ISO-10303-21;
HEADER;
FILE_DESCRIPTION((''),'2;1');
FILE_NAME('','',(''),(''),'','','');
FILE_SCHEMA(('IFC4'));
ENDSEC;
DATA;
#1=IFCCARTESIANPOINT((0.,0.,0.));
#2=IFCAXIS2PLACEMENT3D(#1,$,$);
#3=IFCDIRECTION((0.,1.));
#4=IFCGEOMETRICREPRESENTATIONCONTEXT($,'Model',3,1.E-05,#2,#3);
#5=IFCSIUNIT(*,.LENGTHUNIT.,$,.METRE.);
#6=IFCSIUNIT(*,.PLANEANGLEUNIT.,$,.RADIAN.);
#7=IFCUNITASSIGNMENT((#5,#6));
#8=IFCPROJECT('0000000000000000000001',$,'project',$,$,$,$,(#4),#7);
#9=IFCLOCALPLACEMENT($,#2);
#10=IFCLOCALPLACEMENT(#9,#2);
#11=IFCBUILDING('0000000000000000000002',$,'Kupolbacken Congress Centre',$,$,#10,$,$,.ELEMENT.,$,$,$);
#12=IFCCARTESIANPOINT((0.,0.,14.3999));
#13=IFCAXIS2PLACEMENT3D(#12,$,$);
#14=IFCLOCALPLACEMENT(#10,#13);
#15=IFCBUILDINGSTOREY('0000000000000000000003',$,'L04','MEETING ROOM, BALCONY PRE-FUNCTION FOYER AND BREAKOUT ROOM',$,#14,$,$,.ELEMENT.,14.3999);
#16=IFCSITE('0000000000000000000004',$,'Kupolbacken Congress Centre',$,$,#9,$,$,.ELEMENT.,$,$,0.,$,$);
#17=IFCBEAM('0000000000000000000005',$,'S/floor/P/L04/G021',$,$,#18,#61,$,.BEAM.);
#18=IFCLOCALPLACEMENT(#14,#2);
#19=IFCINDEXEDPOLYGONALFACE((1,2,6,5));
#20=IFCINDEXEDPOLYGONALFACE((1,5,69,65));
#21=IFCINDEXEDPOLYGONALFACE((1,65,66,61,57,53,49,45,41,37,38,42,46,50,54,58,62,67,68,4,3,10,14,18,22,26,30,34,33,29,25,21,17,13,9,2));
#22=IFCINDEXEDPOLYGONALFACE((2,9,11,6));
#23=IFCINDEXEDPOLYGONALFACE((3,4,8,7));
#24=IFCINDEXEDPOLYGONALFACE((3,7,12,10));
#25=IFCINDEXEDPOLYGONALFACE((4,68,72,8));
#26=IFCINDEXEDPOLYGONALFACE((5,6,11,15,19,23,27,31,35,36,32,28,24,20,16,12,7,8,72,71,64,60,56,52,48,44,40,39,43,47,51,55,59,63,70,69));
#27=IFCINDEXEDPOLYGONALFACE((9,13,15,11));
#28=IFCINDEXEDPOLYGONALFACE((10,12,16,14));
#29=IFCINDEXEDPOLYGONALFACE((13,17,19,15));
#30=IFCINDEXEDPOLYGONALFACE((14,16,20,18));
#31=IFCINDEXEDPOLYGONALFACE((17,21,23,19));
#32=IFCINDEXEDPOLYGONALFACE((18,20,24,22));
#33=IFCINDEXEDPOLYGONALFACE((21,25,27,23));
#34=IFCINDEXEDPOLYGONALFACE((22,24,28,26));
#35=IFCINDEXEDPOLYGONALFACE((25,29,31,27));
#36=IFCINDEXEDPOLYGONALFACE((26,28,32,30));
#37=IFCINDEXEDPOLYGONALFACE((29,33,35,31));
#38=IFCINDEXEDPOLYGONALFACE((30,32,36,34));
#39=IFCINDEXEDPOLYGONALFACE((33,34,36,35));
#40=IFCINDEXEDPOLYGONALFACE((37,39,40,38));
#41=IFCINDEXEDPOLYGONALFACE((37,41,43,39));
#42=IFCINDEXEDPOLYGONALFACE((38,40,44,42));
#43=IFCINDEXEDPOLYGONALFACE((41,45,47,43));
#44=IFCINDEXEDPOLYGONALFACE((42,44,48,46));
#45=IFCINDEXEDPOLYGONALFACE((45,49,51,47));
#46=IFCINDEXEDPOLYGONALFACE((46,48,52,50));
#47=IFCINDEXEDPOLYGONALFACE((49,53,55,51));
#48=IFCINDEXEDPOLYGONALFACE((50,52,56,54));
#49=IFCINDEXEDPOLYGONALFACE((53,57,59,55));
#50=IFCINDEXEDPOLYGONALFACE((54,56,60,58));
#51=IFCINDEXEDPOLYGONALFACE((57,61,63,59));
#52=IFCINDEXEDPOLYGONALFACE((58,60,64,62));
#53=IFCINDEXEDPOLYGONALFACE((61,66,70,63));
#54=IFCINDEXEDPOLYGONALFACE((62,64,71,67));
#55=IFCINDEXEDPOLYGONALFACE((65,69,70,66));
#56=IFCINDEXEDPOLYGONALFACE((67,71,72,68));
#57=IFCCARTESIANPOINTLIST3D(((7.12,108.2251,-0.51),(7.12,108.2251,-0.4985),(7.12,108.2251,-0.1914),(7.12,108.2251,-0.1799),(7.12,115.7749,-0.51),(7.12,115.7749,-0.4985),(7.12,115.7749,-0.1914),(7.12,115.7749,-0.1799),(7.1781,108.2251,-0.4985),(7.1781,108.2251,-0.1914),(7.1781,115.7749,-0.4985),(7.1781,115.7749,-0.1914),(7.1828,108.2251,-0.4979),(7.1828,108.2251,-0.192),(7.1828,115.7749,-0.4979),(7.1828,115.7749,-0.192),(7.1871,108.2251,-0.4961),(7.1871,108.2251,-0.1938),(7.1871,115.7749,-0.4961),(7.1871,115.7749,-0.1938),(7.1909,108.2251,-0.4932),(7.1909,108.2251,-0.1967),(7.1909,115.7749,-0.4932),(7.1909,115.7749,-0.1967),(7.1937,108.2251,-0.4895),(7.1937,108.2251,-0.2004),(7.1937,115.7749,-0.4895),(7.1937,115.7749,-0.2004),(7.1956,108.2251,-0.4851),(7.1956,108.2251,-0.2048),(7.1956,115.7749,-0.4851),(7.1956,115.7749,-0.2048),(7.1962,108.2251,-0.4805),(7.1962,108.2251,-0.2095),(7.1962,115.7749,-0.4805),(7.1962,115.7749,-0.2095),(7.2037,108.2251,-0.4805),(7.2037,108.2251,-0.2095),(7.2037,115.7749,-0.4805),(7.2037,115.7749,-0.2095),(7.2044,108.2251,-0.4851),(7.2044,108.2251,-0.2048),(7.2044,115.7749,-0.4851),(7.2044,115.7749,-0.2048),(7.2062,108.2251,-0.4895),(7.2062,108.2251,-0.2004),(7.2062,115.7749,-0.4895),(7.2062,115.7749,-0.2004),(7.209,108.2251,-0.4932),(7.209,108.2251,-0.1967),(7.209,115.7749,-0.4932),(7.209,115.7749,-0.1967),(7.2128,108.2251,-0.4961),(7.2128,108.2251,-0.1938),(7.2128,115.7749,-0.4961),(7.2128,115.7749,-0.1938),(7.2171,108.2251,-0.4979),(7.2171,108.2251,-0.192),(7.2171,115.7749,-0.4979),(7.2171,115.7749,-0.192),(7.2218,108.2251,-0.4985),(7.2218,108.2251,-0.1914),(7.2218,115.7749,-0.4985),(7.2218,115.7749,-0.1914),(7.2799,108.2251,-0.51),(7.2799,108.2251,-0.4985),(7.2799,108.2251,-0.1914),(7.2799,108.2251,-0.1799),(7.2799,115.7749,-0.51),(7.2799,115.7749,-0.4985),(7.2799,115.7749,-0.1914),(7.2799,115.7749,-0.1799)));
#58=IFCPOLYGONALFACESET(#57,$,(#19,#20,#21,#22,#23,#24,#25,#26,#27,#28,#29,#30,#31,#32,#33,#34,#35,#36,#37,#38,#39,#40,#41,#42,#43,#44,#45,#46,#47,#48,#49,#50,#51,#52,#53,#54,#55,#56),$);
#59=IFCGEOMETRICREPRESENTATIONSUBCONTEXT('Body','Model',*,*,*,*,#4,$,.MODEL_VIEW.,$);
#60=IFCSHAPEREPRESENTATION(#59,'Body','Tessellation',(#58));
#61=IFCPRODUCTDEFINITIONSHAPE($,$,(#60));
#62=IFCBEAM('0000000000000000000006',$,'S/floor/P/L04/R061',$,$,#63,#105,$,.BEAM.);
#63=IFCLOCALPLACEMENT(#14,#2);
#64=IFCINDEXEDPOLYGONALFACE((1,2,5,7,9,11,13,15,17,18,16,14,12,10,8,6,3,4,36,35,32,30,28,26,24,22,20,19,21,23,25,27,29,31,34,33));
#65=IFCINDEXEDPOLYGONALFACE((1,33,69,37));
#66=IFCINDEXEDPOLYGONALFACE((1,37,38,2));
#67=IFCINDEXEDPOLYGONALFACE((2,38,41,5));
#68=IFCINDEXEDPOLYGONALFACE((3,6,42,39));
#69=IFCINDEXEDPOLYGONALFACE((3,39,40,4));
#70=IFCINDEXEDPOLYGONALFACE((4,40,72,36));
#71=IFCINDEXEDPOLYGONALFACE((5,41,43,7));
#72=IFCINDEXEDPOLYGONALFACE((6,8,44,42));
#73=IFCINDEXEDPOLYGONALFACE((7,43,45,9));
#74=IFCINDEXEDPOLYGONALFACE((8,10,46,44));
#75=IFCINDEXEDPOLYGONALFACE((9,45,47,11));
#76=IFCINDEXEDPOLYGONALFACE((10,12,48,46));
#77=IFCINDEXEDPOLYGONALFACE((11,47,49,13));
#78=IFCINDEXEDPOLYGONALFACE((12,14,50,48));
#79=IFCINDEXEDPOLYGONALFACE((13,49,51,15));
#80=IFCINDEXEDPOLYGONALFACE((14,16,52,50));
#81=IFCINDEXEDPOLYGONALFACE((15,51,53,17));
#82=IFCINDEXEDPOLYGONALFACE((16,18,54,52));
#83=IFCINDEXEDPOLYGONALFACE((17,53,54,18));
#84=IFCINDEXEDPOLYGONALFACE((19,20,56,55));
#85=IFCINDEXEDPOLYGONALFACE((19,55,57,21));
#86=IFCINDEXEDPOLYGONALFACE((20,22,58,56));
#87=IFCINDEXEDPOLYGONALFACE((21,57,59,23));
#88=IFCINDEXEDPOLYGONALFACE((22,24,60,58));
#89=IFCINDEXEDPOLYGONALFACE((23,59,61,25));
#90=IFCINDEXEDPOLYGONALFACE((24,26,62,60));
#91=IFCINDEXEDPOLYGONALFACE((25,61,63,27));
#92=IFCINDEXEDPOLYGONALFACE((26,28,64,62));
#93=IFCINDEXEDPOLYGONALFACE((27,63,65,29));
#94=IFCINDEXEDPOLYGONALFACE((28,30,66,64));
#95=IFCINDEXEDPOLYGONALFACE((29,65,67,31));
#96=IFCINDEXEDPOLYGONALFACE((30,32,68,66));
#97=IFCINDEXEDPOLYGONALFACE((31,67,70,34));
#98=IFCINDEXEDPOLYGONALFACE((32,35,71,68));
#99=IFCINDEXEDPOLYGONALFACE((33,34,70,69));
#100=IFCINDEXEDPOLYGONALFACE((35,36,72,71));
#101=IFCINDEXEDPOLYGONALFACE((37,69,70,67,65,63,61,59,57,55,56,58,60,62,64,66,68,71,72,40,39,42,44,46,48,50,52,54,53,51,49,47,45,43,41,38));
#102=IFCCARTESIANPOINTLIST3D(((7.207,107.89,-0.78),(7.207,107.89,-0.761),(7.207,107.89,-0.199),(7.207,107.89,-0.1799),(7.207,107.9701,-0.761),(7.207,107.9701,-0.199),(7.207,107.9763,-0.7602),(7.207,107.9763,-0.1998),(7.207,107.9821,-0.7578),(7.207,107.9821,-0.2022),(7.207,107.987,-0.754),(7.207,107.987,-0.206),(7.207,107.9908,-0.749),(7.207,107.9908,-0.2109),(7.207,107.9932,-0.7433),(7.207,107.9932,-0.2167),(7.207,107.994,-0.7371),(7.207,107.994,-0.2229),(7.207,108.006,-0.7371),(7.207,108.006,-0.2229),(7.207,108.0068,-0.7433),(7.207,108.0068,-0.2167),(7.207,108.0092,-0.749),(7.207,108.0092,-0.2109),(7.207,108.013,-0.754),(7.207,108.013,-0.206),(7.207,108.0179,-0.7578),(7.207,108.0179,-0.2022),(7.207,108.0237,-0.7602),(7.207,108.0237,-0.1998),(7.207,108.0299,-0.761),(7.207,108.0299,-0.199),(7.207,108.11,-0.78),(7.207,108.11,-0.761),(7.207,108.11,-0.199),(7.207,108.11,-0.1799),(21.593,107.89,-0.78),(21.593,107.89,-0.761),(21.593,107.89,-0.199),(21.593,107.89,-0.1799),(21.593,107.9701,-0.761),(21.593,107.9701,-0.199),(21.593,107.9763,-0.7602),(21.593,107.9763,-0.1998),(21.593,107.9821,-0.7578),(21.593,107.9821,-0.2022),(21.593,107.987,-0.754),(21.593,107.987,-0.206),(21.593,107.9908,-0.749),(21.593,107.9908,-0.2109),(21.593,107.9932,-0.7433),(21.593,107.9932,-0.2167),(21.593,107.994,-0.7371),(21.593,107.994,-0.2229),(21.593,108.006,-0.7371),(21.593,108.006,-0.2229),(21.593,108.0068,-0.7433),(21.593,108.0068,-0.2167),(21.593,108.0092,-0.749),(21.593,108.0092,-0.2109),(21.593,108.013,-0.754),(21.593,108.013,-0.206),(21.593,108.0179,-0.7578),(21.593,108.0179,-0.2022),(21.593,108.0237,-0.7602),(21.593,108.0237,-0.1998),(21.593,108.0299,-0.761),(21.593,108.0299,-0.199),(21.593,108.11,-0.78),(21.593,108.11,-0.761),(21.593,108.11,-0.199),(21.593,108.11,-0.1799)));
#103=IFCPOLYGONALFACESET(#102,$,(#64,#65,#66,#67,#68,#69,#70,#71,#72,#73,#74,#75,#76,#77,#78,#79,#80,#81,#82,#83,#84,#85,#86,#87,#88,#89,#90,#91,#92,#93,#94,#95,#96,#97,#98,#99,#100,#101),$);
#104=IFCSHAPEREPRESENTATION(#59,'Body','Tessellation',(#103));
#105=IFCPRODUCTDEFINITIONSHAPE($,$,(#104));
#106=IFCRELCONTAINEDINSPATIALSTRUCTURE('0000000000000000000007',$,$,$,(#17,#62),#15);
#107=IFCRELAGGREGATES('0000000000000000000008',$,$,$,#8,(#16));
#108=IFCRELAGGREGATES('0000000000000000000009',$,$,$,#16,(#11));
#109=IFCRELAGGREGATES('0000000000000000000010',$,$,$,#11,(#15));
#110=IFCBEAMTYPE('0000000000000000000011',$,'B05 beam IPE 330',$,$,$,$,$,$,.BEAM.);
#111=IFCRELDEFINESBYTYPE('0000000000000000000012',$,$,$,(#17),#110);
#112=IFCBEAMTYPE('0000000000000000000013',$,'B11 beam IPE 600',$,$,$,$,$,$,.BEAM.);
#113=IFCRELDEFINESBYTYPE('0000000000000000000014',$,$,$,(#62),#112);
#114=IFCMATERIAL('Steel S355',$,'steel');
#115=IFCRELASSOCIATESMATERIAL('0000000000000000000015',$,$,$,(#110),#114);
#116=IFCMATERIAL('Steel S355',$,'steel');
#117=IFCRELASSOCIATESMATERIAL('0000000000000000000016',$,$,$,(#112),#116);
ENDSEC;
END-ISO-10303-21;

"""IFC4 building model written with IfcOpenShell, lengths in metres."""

from ifc_helpers import new_model, si_unit, direction, frame, origin, origin_2d, place, context, subcontext, project, spatial, i_section, extrude, material, material_profile, profile_set, type_object, element, save


model = new_model("IFC4")

# Units and contexts
model_context = context("Model", 3, precision=1e-05, world=origin(), true_north=direction((0.0, 1.0)))
body_context = subcontext(model_context, "Body", "Model", "MODEL_VIEW")
ifc_project = project(units=[si_unit("LENGTHUNIT", "METRE"), si_unit("PLANEANGLEUNIT", "RADIAN")], contexts=[model_context])

# Site, building, storey
site_placement = place(None, origin())
site = spatial("IfcSite", under=ifc_project, at=site_placement, Name="Kupolbacken Congress Centre", CompositionType="ELEMENT", RefElevation=0.0)
building_placement = place(site_placement, origin())
building = spatial("IfcBuilding", under=site, at=building_placement, Name="Kupolbacken Congress Centre", CompositionType="ELEMENT")
storey_placement = place(building_placement, frame((0.0, 0.0, 14.3999)))
storey = spatial("IfcBuildingStorey", under=building, at=storey_placement, Name="L04", Description="MEETING ROOM, BALCONY PRE-FUNCTION FOYER AND BREAKOUT ROOM", CompositionType="ELEMENT", Elevation=14.3999)

# Beams
ifc_material_1 = material(Name="Steel S355", Category="steel")
ifc_material_profile_1 = material_profile(ifc_material_1, i_section(OverallWidth=0.1599, OverallDepth=0.3301, WebThickness=0.0076, FlangeThickness=0.0115, FilletRadius=0.0181, at=origin_2d()), Name="IPE 330")
ifc_profile_set_1 = profile_set([ifc_material_profile_1], Name="Steel S355")
beam_type_1 = type_object("IfcBeamType", Name="B05 beam IPE 330", PredefinedType="BEAM", material=ifc_profile_set_1)
beam_1_placement = place(storey_placement, frame((7.2, 108.2251, -0.345), z_axis=(0.0, 1.0, 0.0), x_axis=(-1.0, 0.0, 0.0)))
element("IfcBeam", 1, at=beam_1_placement, inside=storey, type_object=beam_type_1, Name="S/floor/P/L04/G021", PredefinedType="BEAM", context=body_context, shape_type="SweptSolid", body=[
    extrude(i_section(OverallWidth=0.1599, OverallDepth=0.3301, WebThickness=0.0076, FlangeThickness=0.0115, FilletRadius=0.0181, at=origin_2d()), origin(), (0.0, 0.0, 1.0), 7.5498),
])
ifc_material_2 = material(Name="Steel S355", Category="steel")
ifc_material_profile_2 = material_profile(ifc_material_2, i_section(OverallWidth=0.22, OverallDepth=0.6001, WebThickness=0.012, FlangeThickness=0.019, FilletRadius=0.0239, at=origin_2d()), Name="IPE 600")
ifc_profile_set_2 = profile_set([ifc_material_profile_2], Name="Steel S355")
beam_type_2 = type_object("IfcBeamType", Name="B11 beam IPE 600", PredefinedType="BEAM", material=ifc_profile_set_2)
beam_2_placement = place(storey_placement, frame((7.207, 108.0, -0.48), z_axis=(1.0, 0.0, 0.0), x_axis=(0.0, 1.0, 0.0)))
element("IfcBeam", 2, at=beam_2_placement, inside=storey, type_object=beam_type_2, Name="S/floor/P/L04/R061", PredefinedType="BEAM", context=body_context, shape_type="SweptSolid", body=[
    extrude(i_section(OverallWidth=0.22, OverallDepth=0.6001, WebThickness=0.012, FlangeThickness=0.019, FilletRadius=0.0239, at=origin_2d()), origin(), (0.0, 0.0, 1.0), 14.386),
])

save(model, "model.ifc")
